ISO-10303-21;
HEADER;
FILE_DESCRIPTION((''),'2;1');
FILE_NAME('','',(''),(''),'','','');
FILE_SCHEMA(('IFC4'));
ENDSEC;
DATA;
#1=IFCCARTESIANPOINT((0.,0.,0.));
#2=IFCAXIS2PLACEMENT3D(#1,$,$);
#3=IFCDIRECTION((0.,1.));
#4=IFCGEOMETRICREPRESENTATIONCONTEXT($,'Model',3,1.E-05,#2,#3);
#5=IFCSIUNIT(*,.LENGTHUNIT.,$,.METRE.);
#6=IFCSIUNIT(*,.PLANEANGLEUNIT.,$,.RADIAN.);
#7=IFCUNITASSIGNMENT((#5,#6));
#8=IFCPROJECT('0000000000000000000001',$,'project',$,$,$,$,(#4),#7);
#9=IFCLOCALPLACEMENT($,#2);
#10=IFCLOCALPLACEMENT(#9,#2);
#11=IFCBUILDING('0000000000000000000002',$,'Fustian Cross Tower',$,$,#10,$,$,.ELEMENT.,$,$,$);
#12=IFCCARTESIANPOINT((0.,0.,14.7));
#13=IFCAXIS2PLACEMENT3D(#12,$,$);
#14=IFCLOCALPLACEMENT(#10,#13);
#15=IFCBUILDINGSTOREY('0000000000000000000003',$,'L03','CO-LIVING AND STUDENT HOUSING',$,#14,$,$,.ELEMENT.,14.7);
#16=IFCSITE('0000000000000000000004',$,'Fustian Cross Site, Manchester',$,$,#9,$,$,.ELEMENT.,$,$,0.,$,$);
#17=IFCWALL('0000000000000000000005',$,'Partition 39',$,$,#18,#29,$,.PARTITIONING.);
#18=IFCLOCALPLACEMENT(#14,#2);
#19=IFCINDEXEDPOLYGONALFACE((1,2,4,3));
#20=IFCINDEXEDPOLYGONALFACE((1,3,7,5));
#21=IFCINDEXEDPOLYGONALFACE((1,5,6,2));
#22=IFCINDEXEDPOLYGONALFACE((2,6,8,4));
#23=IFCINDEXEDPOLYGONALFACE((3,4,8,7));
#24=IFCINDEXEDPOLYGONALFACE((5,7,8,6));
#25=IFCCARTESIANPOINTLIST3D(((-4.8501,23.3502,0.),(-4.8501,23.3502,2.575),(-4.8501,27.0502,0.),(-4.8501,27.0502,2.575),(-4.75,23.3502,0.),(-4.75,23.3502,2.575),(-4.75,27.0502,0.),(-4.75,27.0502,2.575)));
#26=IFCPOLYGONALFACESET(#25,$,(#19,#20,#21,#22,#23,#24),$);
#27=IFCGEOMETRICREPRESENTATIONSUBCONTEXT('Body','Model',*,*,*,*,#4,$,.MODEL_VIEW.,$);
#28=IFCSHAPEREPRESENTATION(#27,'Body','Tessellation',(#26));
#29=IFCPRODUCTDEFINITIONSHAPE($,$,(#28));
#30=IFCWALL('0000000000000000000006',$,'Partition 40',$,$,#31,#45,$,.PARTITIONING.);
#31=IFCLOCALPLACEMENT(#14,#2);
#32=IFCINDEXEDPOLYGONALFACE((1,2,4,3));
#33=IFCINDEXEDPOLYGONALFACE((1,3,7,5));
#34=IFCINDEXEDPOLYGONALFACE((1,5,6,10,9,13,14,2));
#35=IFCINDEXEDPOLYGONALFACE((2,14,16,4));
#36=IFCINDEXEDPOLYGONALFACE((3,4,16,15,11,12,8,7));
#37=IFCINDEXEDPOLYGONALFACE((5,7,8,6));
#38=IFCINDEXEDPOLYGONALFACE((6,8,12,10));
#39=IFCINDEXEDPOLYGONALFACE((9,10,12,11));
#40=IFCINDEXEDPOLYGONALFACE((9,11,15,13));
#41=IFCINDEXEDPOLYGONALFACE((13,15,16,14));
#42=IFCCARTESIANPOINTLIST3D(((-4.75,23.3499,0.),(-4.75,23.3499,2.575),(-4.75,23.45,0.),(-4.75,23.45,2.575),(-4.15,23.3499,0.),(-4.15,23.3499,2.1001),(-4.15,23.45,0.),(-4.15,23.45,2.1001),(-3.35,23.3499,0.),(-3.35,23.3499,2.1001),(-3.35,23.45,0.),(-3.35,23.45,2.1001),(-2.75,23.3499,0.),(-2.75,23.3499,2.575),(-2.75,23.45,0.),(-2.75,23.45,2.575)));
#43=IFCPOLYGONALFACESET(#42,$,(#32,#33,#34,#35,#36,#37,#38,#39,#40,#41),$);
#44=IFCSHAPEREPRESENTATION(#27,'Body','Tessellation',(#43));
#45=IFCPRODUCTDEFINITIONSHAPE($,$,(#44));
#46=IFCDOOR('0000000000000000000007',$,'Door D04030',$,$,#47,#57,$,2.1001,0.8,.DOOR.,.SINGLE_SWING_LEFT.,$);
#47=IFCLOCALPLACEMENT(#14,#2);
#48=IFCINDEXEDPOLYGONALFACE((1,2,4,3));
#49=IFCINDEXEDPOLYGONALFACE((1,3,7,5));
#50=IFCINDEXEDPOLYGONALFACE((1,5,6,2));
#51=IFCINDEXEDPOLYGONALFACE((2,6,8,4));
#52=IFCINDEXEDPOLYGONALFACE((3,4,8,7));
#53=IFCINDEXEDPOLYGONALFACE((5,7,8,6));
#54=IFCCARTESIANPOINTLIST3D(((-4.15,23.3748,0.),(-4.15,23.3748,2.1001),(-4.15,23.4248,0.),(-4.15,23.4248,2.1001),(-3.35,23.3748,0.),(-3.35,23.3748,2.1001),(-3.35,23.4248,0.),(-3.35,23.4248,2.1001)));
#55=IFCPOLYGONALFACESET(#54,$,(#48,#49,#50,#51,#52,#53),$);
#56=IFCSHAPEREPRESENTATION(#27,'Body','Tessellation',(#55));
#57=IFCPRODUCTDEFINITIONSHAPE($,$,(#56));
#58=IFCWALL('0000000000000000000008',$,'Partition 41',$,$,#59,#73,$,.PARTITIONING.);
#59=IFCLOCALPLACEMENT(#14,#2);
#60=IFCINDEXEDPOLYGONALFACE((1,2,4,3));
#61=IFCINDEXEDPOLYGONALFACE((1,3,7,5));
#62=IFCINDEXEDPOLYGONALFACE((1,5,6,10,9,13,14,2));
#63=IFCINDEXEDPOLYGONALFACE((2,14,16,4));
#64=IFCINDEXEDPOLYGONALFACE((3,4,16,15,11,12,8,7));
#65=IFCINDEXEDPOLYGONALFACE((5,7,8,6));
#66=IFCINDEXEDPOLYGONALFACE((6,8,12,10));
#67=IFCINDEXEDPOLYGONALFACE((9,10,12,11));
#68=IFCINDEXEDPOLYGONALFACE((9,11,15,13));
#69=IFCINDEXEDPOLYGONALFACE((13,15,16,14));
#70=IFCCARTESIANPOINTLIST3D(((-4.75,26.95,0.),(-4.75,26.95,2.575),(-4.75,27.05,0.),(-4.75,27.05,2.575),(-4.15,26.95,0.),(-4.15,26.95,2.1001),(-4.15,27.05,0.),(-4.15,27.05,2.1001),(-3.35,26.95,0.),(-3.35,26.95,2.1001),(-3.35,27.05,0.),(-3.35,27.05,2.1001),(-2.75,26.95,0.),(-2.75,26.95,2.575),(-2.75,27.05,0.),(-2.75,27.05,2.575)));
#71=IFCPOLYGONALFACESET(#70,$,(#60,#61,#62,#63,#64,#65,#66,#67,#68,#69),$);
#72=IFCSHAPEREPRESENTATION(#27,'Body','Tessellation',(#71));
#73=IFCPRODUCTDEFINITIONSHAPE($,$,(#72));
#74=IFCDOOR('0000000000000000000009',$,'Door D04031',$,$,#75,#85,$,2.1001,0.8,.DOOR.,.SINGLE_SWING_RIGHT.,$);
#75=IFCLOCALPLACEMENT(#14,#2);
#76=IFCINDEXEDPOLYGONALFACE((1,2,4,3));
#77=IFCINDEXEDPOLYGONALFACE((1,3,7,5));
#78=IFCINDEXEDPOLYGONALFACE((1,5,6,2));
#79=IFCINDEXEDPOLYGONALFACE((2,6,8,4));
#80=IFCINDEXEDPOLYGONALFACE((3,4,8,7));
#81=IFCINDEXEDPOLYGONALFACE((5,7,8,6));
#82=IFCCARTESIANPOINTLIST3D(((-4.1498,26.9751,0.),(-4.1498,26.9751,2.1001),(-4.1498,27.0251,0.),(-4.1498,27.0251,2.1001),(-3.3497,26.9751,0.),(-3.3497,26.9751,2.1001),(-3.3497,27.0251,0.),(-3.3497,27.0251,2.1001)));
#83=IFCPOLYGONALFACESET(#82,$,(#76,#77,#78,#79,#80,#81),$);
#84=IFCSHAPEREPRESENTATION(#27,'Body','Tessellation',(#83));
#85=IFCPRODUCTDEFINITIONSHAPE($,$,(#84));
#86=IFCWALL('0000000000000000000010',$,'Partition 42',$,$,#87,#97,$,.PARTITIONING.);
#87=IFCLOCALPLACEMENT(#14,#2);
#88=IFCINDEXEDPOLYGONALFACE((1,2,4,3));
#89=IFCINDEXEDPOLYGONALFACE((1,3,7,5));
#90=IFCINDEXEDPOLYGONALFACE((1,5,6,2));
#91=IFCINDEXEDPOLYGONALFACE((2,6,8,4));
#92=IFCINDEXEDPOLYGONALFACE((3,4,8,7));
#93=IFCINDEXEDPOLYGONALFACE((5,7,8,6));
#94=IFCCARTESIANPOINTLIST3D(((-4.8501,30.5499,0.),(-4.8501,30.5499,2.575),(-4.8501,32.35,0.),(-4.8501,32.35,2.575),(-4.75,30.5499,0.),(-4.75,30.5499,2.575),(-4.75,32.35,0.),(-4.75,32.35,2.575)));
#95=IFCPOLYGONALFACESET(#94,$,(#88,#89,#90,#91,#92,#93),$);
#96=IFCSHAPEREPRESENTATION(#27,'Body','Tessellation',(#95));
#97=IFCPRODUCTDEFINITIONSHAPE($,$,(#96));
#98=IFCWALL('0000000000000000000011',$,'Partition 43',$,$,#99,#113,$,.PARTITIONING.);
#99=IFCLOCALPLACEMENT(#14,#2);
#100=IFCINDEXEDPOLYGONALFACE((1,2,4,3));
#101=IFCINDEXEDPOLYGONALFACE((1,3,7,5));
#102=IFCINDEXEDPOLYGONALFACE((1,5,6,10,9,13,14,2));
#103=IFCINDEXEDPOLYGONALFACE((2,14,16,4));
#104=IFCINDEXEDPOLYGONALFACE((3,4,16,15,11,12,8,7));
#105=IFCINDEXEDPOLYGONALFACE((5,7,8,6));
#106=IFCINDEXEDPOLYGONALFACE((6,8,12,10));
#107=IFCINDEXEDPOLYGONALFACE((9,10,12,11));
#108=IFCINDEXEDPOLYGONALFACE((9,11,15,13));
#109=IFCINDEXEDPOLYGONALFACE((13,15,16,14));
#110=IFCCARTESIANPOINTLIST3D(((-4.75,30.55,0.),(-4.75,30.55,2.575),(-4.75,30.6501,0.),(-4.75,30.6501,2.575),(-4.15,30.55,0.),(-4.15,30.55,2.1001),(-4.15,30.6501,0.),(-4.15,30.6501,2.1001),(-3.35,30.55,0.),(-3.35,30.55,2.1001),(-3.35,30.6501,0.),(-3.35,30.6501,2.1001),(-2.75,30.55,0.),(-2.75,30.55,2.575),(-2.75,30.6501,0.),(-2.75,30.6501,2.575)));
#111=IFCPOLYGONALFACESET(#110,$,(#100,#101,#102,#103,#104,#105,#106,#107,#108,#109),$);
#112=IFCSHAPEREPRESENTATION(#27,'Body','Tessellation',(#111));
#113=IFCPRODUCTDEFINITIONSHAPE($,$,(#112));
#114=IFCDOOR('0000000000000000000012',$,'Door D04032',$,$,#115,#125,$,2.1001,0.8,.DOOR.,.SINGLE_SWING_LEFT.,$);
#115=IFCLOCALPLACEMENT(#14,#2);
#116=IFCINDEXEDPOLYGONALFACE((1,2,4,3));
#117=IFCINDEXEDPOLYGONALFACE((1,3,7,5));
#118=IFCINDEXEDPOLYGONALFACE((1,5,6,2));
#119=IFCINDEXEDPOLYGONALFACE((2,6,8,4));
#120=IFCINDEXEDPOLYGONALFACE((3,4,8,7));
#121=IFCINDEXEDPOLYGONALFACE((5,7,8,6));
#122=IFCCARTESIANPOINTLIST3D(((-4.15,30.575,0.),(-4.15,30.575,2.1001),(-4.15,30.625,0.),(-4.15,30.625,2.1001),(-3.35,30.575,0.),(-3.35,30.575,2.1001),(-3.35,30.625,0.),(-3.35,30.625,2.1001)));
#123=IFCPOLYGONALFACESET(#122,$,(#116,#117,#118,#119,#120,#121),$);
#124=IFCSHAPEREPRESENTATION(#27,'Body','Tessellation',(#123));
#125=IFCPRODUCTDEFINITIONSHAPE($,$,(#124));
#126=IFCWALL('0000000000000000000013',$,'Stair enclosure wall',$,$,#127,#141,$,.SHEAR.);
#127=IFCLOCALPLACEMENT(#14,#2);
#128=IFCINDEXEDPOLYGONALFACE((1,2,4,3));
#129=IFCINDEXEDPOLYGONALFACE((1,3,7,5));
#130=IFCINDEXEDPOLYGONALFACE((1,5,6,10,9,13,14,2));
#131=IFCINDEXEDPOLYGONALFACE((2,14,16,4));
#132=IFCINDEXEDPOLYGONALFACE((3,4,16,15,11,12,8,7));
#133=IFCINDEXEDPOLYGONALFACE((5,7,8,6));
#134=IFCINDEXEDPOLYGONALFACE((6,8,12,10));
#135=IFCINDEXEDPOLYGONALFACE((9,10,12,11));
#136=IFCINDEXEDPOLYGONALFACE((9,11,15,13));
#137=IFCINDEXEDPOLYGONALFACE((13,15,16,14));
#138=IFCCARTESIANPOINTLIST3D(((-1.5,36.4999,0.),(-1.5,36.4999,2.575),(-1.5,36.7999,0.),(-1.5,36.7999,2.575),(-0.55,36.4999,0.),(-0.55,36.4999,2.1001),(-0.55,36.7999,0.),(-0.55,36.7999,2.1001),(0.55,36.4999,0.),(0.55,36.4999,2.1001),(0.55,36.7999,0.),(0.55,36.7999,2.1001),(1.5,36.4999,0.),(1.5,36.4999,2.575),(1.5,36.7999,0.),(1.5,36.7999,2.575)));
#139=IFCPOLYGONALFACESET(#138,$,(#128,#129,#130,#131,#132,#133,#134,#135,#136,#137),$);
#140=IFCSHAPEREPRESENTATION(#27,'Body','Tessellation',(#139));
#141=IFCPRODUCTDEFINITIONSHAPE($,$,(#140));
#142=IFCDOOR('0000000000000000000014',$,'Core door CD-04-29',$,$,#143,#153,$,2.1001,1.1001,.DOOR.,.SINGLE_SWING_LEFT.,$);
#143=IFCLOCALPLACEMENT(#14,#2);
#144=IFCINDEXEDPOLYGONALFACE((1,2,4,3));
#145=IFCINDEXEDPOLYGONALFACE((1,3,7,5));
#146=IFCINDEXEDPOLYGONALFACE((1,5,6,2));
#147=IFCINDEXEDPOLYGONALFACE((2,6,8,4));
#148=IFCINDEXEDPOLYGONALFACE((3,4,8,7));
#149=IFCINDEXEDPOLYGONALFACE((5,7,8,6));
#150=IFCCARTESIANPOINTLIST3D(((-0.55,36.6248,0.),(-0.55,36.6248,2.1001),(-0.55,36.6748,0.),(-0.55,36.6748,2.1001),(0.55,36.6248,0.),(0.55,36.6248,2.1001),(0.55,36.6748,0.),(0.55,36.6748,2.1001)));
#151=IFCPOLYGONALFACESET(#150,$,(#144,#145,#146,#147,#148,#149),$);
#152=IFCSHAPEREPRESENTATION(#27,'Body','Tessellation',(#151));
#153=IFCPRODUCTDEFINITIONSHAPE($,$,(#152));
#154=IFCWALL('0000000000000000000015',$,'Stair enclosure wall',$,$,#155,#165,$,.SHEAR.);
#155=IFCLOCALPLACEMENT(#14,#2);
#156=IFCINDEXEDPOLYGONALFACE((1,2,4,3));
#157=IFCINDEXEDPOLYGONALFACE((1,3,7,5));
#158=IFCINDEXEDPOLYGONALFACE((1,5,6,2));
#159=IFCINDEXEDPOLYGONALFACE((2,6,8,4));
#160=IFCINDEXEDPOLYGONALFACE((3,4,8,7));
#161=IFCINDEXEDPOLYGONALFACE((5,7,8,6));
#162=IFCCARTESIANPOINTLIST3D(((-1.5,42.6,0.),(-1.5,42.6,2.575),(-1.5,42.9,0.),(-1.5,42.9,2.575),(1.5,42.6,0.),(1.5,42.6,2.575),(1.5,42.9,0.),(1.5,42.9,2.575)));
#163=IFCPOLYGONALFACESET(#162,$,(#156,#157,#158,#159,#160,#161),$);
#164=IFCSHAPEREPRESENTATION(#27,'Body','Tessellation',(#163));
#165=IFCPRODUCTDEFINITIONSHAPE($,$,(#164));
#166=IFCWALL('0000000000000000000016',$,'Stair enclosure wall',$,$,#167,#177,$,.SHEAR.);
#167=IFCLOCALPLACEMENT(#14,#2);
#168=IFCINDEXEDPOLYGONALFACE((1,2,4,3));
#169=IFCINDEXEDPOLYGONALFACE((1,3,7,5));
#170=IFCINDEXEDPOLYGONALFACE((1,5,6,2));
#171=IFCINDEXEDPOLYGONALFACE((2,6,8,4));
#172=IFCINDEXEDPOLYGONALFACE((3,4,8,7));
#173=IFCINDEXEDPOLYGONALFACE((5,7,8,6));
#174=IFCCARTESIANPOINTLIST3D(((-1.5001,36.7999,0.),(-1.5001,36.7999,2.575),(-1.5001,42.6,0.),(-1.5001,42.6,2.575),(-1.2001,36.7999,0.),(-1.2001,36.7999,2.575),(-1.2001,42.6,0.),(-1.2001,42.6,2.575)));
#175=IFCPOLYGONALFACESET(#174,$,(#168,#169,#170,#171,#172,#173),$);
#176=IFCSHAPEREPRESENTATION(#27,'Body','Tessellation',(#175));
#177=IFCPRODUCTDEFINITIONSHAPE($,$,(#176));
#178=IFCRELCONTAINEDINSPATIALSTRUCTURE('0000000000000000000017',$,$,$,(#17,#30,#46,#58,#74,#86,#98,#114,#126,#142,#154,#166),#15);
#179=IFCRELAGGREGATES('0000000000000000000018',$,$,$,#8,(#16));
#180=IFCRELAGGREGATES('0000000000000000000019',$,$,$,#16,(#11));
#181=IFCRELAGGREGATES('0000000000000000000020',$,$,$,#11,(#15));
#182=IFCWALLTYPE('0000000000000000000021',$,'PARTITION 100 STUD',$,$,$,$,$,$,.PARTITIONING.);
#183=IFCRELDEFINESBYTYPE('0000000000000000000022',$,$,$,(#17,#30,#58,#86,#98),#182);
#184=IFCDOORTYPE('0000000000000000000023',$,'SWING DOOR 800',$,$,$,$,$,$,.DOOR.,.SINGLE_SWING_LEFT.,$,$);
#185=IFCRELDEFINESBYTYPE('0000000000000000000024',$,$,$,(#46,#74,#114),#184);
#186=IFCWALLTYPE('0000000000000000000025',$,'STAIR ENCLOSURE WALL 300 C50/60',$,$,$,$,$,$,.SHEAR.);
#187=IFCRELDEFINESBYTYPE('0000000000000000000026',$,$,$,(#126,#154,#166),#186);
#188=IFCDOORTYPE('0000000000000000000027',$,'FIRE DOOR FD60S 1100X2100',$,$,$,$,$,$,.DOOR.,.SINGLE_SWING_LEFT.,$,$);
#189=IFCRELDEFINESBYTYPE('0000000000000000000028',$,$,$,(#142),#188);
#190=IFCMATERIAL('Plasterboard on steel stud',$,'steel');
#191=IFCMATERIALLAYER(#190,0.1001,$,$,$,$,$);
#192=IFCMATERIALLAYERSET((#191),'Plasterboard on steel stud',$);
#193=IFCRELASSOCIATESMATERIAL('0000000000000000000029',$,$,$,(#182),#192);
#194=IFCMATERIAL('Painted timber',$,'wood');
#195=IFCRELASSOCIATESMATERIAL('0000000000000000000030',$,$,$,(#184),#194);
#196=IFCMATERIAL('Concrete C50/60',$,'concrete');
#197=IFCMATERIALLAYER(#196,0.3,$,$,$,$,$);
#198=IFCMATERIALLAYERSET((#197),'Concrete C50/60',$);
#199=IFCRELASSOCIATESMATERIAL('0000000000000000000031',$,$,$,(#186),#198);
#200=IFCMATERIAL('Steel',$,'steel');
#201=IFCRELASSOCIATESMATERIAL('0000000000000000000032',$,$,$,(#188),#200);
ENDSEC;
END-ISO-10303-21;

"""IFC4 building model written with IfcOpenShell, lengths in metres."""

from ifc_helpers import new_model, si_unit, direction, frame, frame_2d, origin, place, context, subcontext, project, spatial, rectangle, extrude, material, layer, layer_set, type_object, element, fill, save


model = new_model("IFC4")

# Units and contexts
model_context = context("Model", 3, precision=1e-05, world=origin(), true_north=direction((0.0, 1.0)))
body_context = subcontext(model_context, "Body", "Model", "MODEL_VIEW")
ifc_project = project(units=[si_unit("LENGTHUNIT", "METRE"), si_unit("PLANEANGLEUNIT", "RADIAN")], contexts=[model_context])

# Site, building, storey
site_placement = place(None, origin())
site = spatial("IfcSite", under=ifc_project, at=site_placement, Name="Fustian Cross Site, Manchester", CompositionType="ELEMENT", RefElevation=0.0)
building_placement = place(site_placement, origin())
building = spatial("IfcBuilding", under=site, at=building_placement, Name="Fustian Cross Tower", CompositionType="ELEMENT")
storey_placement = place(building_placement, frame((0.0, 0.0, 14.7)))
storey = spatial("IfcBuildingStorey", under=building, at=storey_placement, Name="L03", Description="CO-LIVING AND STUDENT HOUSING", CompositionType="ELEMENT", Elevation=14.7)

# Shared definitions
ifc_material_1 = material(Name="Plasterboard on steel stud", Category="steel")
ifc_layer_1 = layer(ifc_material_1, 0.1001)
ifc_layer_set_1 = layer_set([ifc_layer_1], Name="Plasterboard on steel stud")
wall_type_1 = type_object("IfcWallType", Name="PARTITION 100 STUD", PredefinedType="PARTITIONING", material=ifc_layer_set_1)
ifc_material_2 = material(Name="Painted timber", Category="wood")
door_type_1 = type_object("IfcDoorType", Name="SWING DOOR 800", OperationType="SINGLE_SWING_LEFT", PredefinedType="DOOR", material=ifc_material_2)

# Wall
wall_1_placement = place(storey_placement, frame((-4.8, 23.3501, 0.0), z_axis=(0.0, 0.0, 1.0), x_axis=(0.0, 1.0, 0.0)))
element("IfcWall", 1, at=wall_1_placement, inside=storey, type_object=wall_type_1, Name="Partition 39", PredefinedType="PARTITIONING", context=body_context, shape_type="SweptSolid", body=[
    extrude(rectangle(XDim=3.7, YDim=0.1001, at=frame_2d((1.8501, 0.0))), origin(), (0.0, 0.0, 1.0), 2.575),
])

# Walls, openings, doors
wall_2_placement = place(storey_placement, frame((-4.75, 23.3999, 0.0), z_axis=(0.0, 0.0, 1.0), x_axis=(1.0, 0.0, 0.0)))
wall_2 = element("IfcWall", 2, at=wall_2_placement, inside=storey, type_object=wall_type_1, Name="Partition 40", PredefinedType="PARTITIONING", context=body_context, shape_type="SweptSolid", body=[
    extrude(rectangle(XDim=2.0, YDim=0.1001, at=frame_2d((1.0, 0.0))), origin(), (0.0, 0.0, 1.0), 2.575),
])
opening_1_placement = place(wall_2_placement, frame((0.6001, 0.0, 0.0)))
opening_1 = element("IfcOpeningElement", 3, at=opening_1_placement, cuts=wall_2, PredefinedType="OPENING", context=body_context, shape_type="SweptSolid", body=[
    extrude(rectangle(XDim=0.8, YDim=2.1001, at=frame_2d((0.3999, 1.05))), frame((0.0, 0.0601, 0.0), z_axis=(0.0, -1.0, 0.0), x_axis=(1.0, 0.0, 0.0)), (0.0, 0.0, 1.0), 0.1201),
])
door_1_placement = place(opening_1_placement, origin())
door_1 = element("IfcDoor", 4, at=door_1_placement, inside=storey, type_object=door_type_1, Name="Door D04030", OperationType="SINGLE_SWING_LEFT", OverallHeight=2.1001, OverallWidth=0.8, PredefinedType="DOOR", context=body_context, shape_type="SweptSolid", body=[
    extrude(rectangle(XDim=0.8, YDim=2.1001, at=frame_2d((0.3999, 1.05))), frame((0.0, 0.0249, 0.0), z_axis=(0.0, -1.0, 0.0), x_axis=(1.0, 0.0, 0.0)), (0.0, 0.0, 1.0), 0.05),
])
fill(opening_1, door_1)
wall_3_placement = place(storey_placement, frame((-4.75, 27.0, 0.0), z_axis=(0.0, 0.0, 1.0), x_axis=(1.0, 0.0, 0.0)))
wall_3 = element("IfcWall", 5, at=wall_3_placement, inside=storey, type_object=wall_type_1, Name="Partition 41", PredefinedType="PARTITIONING", context=body_context, shape_type="SweptSolid", body=[
    extrude(rectangle(XDim=2.0, YDim=0.1001, at=frame_2d((1.0, 0.0))), origin(), (0.0, 0.0, 1.0), 2.575),
])
opening_2_placement = place(wall_3_placement, frame((0.6001, 0.0, 0.0)))
opening_2 = element("IfcOpeningElement", 6, at=opening_2_placement, cuts=wall_3, PredefinedType="OPENING", context=body_context, shape_type="SweptSolid", body=[
    extrude(rectangle(XDim=0.8, YDim=2.1001, at=frame_2d((0.3999, 1.05))), frame((0.0, 0.0601, 0.0), z_axis=(0.0, -1.0, 0.0), x_axis=(1.0, 0.0, 0.0)), (0.0, 0.0, 1.0), 0.1201),
])
door_2_placement = place(opening_2_placement, frame((0.8, 0.0, 0.0), z_axis=(0.0, 0.0, 1.0), x_axis=(-1.0, 0.0, 0.0)))
door_2 = element("IfcDoor", 7, at=door_2_placement, inside=storey, type_object=door_type_1, Name="Door D04031", OperationType="SINGLE_SWING_RIGHT", OverallHeight=2.1001, OverallWidth=0.8, PredefinedType="DOOR", context=body_context, shape_type="SweptSolid", body=[
    extrude(rectangle(XDim=0.8, YDim=2.1001, at=frame_2d((0.3999, 1.05))), frame((0.0, 0.0249, 0.0), z_axis=(0.0, -1.0, 0.0), x_axis=(1.0, 0.0, 0.0)), (0.0, 0.0, 1.0), 0.05),
])
fill(opening_2, door_2)

# Wall
wall_4_placement = place(storey_placement, frame((-4.8, 30.55, 0.0), z_axis=(0.0, 0.0, 1.0), x_axis=(0.0, 1.0, 0.0)))
element("IfcWall", 8, at=wall_4_placement, inside=storey, type_object=wall_type_1, Name="Partition 42", PredefinedType="PARTITIONING", context=body_context, shape_type="SweptSolid", body=[
    extrude(rectangle(XDim=1.8, YDim=0.1001, at=frame_2d((0.8999, 0.0))), origin(), (0.0, 0.0, 1.0), 2.575),
])

# Walls, openings, doors
wall_5_placement = place(storey_placement, frame((-4.75, 30.6001, 0.0), z_axis=(0.0, 0.0, 1.0), x_axis=(1.0, 0.0, 0.0)))
wall_5 = element("IfcWall", 9, at=wall_5_placement, inside=storey, type_object=wall_type_1, Name="Partition 43", PredefinedType="PARTITIONING", context=body_context, shape_type="SweptSolid", body=[
    extrude(rectangle(XDim=2.0, YDim=0.1001, at=frame_2d((1.0, 0.0))), origin(), (0.0, 0.0, 1.0), 2.575),
])
opening_3_placement = place(wall_5_placement, frame((0.6001, 0.0, 0.0)))
opening_3 = element("IfcOpeningElement", 10, at=opening_3_placement, cuts=wall_5, PredefinedType="OPENING", context=body_context, shape_type="SweptSolid", body=[
    extrude(rectangle(XDim=0.8, YDim=2.1001, at=frame_2d((0.3999, 1.05))), frame((0.0, 0.0601, 0.0), z_axis=(0.0, -1.0, 0.0), x_axis=(1.0, 0.0, 0.0)), (0.0, 0.0, 1.0), 0.1201),
])
door_3_placement = place(opening_3_placement, origin())
door_3 = element("IfcDoor", 11, at=door_3_placement, inside=storey, type_object=door_type_1, Name="Door D04032", OperationType="SINGLE_SWING_LEFT", OverallHeight=2.1001, OverallWidth=0.8, PredefinedType="DOOR", context=body_context, shape_type="SweptSolid", body=[
    extrude(rectangle(XDim=0.8, YDim=2.1001, at=frame_2d((0.3999, 1.05))), frame((0.0, 0.0249, 0.0), z_axis=(0.0, -1.0, 0.0), x_axis=(1.0, 0.0, 0.0)), (0.0, 0.0, 1.0), 0.05),
])
fill(opening_3, door_3)
ifc_material_3 = material(Name="Concrete C50/60", Category="concrete")
ifc_layer_2 = layer(ifc_material_3, 0.3)
ifc_layer_set_2 = layer_set([ifc_layer_2], Name="Concrete C50/60")
wall_type_2 = type_object("IfcWallType", Name="STAIR ENCLOSURE WALL 300 C50/60", PredefinedType="SHEAR", material=ifc_layer_set_2)
wall_6_placement = place(storey_placement, frame((-1.5, 36.6499, 0.0), z_axis=(0.0, 0.0, 1.0), x_axis=(1.0, 0.0, 0.0)))
wall_6 = element("IfcWall", 12, at=wall_6_placement, inside=storey, type_object=wall_type_2, Name="Stair enclosure wall", PredefinedType="SHEAR", context=body_context, shape_type="SweptSolid", body=[
    extrude(rectangle(XDim=3.0, YDim=0.3, at=frame_2d((1.5, 0.0))), origin(), (0.0, 0.0, 1.0), 2.575),
])
opening_4_placement = place(wall_6_placement, frame((0.95, 0.0, 0.0)))
opening_4 = element("IfcOpeningElement", 13, at=opening_4_placement, cuts=wall_6, PredefinedType="OPENING", context=body_context, shape_type="SweptSolid", body=[
    extrude(rectangle(XDim=1.1001, YDim=2.1001, at=frame_2d((0.55, 1.05))), frame((0.0, 0.1599, 0.0), z_axis=(0.0, -1.0, 0.0), x_axis=(1.0, 0.0, 0.0)), (0.0, 0.0, 1.0), 0.3201),
])
ifc_material_4 = material(Name="Steel", Category="steel")
door_type_2 = type_object("IfcDoorType", Name="FIRE DOOR FD60S 1100X2100", OperationType="SINGLE_SWING_LEFT", PredefinedType="DOOR", material=ifc_material_4)
door_4_placement = place(opening_4_placement, origin())
door_4 = element("IfcDoor", 14, at=door_4_placement, inside=storey, type_object=door_type_2, Name="Core door CD-04-29", OperationType="SINGLE_SWING_LEFT", OverallHeight=2.1001, OverallWidth=1.1001, PredefinedType="DOOR", context=body_context, shape_type="SweptSolid", body=[
    extrude(rectangle(XDim=1.1001, YDim=2.1001, at=frame_2d((0.55, 1.05))), frame((0.0, 0.0249, 0.0), z_axis=(0.0, -1.0, 0.0), x_axis=(1.0, 0.0, 0.0)), (0.0, 0.0, 1.0), 0.05),
])
fill(opening_4, door_4)

# Walls
wall_7_placement = place(storey_placement, frame((-1.5, 42.75, 0.0), z_axis=(0.0, 0.0, 1.0), x_axis=(1.0, 0.0, 0.0)))
element("IfcWall", 15, at=wall_7_placement, inside=storey, type_object=wall_type_2, Name="Stair enclosure wall", PredefinedType="SHEAR", context=body_context, shape_type="SweptSolid", body=[
    extrude(rectangle(XDim=3.0, YDim=0.3, at=frame_2d((1.5, 0.0))), origin(), (0.0, 0.0, 1.0), 2.575),
])
wall_8_placement = place(storey_placement, frame((-1.3501, 36.8, 0.0), z_axis=(0.0, 0.0, 1.0), x_axis=(0.0, 1.0, 0.0)))
element("IfcWall", 16, at=wall_8_placement, inside=storey, type_object=wall_type_2, Name="Stair enclosure wall", PredefinedType="SHEAR", context=body_context, shape_type="SweptSolid", body=[
    extrude(rectangle(XDim=5.8, YDim=0.3, at=frame_2d((2.8999, 0.0))), origin(), (0.0, 0.0, 1.0), 2.575),
])

save(model, "model.ifc")
